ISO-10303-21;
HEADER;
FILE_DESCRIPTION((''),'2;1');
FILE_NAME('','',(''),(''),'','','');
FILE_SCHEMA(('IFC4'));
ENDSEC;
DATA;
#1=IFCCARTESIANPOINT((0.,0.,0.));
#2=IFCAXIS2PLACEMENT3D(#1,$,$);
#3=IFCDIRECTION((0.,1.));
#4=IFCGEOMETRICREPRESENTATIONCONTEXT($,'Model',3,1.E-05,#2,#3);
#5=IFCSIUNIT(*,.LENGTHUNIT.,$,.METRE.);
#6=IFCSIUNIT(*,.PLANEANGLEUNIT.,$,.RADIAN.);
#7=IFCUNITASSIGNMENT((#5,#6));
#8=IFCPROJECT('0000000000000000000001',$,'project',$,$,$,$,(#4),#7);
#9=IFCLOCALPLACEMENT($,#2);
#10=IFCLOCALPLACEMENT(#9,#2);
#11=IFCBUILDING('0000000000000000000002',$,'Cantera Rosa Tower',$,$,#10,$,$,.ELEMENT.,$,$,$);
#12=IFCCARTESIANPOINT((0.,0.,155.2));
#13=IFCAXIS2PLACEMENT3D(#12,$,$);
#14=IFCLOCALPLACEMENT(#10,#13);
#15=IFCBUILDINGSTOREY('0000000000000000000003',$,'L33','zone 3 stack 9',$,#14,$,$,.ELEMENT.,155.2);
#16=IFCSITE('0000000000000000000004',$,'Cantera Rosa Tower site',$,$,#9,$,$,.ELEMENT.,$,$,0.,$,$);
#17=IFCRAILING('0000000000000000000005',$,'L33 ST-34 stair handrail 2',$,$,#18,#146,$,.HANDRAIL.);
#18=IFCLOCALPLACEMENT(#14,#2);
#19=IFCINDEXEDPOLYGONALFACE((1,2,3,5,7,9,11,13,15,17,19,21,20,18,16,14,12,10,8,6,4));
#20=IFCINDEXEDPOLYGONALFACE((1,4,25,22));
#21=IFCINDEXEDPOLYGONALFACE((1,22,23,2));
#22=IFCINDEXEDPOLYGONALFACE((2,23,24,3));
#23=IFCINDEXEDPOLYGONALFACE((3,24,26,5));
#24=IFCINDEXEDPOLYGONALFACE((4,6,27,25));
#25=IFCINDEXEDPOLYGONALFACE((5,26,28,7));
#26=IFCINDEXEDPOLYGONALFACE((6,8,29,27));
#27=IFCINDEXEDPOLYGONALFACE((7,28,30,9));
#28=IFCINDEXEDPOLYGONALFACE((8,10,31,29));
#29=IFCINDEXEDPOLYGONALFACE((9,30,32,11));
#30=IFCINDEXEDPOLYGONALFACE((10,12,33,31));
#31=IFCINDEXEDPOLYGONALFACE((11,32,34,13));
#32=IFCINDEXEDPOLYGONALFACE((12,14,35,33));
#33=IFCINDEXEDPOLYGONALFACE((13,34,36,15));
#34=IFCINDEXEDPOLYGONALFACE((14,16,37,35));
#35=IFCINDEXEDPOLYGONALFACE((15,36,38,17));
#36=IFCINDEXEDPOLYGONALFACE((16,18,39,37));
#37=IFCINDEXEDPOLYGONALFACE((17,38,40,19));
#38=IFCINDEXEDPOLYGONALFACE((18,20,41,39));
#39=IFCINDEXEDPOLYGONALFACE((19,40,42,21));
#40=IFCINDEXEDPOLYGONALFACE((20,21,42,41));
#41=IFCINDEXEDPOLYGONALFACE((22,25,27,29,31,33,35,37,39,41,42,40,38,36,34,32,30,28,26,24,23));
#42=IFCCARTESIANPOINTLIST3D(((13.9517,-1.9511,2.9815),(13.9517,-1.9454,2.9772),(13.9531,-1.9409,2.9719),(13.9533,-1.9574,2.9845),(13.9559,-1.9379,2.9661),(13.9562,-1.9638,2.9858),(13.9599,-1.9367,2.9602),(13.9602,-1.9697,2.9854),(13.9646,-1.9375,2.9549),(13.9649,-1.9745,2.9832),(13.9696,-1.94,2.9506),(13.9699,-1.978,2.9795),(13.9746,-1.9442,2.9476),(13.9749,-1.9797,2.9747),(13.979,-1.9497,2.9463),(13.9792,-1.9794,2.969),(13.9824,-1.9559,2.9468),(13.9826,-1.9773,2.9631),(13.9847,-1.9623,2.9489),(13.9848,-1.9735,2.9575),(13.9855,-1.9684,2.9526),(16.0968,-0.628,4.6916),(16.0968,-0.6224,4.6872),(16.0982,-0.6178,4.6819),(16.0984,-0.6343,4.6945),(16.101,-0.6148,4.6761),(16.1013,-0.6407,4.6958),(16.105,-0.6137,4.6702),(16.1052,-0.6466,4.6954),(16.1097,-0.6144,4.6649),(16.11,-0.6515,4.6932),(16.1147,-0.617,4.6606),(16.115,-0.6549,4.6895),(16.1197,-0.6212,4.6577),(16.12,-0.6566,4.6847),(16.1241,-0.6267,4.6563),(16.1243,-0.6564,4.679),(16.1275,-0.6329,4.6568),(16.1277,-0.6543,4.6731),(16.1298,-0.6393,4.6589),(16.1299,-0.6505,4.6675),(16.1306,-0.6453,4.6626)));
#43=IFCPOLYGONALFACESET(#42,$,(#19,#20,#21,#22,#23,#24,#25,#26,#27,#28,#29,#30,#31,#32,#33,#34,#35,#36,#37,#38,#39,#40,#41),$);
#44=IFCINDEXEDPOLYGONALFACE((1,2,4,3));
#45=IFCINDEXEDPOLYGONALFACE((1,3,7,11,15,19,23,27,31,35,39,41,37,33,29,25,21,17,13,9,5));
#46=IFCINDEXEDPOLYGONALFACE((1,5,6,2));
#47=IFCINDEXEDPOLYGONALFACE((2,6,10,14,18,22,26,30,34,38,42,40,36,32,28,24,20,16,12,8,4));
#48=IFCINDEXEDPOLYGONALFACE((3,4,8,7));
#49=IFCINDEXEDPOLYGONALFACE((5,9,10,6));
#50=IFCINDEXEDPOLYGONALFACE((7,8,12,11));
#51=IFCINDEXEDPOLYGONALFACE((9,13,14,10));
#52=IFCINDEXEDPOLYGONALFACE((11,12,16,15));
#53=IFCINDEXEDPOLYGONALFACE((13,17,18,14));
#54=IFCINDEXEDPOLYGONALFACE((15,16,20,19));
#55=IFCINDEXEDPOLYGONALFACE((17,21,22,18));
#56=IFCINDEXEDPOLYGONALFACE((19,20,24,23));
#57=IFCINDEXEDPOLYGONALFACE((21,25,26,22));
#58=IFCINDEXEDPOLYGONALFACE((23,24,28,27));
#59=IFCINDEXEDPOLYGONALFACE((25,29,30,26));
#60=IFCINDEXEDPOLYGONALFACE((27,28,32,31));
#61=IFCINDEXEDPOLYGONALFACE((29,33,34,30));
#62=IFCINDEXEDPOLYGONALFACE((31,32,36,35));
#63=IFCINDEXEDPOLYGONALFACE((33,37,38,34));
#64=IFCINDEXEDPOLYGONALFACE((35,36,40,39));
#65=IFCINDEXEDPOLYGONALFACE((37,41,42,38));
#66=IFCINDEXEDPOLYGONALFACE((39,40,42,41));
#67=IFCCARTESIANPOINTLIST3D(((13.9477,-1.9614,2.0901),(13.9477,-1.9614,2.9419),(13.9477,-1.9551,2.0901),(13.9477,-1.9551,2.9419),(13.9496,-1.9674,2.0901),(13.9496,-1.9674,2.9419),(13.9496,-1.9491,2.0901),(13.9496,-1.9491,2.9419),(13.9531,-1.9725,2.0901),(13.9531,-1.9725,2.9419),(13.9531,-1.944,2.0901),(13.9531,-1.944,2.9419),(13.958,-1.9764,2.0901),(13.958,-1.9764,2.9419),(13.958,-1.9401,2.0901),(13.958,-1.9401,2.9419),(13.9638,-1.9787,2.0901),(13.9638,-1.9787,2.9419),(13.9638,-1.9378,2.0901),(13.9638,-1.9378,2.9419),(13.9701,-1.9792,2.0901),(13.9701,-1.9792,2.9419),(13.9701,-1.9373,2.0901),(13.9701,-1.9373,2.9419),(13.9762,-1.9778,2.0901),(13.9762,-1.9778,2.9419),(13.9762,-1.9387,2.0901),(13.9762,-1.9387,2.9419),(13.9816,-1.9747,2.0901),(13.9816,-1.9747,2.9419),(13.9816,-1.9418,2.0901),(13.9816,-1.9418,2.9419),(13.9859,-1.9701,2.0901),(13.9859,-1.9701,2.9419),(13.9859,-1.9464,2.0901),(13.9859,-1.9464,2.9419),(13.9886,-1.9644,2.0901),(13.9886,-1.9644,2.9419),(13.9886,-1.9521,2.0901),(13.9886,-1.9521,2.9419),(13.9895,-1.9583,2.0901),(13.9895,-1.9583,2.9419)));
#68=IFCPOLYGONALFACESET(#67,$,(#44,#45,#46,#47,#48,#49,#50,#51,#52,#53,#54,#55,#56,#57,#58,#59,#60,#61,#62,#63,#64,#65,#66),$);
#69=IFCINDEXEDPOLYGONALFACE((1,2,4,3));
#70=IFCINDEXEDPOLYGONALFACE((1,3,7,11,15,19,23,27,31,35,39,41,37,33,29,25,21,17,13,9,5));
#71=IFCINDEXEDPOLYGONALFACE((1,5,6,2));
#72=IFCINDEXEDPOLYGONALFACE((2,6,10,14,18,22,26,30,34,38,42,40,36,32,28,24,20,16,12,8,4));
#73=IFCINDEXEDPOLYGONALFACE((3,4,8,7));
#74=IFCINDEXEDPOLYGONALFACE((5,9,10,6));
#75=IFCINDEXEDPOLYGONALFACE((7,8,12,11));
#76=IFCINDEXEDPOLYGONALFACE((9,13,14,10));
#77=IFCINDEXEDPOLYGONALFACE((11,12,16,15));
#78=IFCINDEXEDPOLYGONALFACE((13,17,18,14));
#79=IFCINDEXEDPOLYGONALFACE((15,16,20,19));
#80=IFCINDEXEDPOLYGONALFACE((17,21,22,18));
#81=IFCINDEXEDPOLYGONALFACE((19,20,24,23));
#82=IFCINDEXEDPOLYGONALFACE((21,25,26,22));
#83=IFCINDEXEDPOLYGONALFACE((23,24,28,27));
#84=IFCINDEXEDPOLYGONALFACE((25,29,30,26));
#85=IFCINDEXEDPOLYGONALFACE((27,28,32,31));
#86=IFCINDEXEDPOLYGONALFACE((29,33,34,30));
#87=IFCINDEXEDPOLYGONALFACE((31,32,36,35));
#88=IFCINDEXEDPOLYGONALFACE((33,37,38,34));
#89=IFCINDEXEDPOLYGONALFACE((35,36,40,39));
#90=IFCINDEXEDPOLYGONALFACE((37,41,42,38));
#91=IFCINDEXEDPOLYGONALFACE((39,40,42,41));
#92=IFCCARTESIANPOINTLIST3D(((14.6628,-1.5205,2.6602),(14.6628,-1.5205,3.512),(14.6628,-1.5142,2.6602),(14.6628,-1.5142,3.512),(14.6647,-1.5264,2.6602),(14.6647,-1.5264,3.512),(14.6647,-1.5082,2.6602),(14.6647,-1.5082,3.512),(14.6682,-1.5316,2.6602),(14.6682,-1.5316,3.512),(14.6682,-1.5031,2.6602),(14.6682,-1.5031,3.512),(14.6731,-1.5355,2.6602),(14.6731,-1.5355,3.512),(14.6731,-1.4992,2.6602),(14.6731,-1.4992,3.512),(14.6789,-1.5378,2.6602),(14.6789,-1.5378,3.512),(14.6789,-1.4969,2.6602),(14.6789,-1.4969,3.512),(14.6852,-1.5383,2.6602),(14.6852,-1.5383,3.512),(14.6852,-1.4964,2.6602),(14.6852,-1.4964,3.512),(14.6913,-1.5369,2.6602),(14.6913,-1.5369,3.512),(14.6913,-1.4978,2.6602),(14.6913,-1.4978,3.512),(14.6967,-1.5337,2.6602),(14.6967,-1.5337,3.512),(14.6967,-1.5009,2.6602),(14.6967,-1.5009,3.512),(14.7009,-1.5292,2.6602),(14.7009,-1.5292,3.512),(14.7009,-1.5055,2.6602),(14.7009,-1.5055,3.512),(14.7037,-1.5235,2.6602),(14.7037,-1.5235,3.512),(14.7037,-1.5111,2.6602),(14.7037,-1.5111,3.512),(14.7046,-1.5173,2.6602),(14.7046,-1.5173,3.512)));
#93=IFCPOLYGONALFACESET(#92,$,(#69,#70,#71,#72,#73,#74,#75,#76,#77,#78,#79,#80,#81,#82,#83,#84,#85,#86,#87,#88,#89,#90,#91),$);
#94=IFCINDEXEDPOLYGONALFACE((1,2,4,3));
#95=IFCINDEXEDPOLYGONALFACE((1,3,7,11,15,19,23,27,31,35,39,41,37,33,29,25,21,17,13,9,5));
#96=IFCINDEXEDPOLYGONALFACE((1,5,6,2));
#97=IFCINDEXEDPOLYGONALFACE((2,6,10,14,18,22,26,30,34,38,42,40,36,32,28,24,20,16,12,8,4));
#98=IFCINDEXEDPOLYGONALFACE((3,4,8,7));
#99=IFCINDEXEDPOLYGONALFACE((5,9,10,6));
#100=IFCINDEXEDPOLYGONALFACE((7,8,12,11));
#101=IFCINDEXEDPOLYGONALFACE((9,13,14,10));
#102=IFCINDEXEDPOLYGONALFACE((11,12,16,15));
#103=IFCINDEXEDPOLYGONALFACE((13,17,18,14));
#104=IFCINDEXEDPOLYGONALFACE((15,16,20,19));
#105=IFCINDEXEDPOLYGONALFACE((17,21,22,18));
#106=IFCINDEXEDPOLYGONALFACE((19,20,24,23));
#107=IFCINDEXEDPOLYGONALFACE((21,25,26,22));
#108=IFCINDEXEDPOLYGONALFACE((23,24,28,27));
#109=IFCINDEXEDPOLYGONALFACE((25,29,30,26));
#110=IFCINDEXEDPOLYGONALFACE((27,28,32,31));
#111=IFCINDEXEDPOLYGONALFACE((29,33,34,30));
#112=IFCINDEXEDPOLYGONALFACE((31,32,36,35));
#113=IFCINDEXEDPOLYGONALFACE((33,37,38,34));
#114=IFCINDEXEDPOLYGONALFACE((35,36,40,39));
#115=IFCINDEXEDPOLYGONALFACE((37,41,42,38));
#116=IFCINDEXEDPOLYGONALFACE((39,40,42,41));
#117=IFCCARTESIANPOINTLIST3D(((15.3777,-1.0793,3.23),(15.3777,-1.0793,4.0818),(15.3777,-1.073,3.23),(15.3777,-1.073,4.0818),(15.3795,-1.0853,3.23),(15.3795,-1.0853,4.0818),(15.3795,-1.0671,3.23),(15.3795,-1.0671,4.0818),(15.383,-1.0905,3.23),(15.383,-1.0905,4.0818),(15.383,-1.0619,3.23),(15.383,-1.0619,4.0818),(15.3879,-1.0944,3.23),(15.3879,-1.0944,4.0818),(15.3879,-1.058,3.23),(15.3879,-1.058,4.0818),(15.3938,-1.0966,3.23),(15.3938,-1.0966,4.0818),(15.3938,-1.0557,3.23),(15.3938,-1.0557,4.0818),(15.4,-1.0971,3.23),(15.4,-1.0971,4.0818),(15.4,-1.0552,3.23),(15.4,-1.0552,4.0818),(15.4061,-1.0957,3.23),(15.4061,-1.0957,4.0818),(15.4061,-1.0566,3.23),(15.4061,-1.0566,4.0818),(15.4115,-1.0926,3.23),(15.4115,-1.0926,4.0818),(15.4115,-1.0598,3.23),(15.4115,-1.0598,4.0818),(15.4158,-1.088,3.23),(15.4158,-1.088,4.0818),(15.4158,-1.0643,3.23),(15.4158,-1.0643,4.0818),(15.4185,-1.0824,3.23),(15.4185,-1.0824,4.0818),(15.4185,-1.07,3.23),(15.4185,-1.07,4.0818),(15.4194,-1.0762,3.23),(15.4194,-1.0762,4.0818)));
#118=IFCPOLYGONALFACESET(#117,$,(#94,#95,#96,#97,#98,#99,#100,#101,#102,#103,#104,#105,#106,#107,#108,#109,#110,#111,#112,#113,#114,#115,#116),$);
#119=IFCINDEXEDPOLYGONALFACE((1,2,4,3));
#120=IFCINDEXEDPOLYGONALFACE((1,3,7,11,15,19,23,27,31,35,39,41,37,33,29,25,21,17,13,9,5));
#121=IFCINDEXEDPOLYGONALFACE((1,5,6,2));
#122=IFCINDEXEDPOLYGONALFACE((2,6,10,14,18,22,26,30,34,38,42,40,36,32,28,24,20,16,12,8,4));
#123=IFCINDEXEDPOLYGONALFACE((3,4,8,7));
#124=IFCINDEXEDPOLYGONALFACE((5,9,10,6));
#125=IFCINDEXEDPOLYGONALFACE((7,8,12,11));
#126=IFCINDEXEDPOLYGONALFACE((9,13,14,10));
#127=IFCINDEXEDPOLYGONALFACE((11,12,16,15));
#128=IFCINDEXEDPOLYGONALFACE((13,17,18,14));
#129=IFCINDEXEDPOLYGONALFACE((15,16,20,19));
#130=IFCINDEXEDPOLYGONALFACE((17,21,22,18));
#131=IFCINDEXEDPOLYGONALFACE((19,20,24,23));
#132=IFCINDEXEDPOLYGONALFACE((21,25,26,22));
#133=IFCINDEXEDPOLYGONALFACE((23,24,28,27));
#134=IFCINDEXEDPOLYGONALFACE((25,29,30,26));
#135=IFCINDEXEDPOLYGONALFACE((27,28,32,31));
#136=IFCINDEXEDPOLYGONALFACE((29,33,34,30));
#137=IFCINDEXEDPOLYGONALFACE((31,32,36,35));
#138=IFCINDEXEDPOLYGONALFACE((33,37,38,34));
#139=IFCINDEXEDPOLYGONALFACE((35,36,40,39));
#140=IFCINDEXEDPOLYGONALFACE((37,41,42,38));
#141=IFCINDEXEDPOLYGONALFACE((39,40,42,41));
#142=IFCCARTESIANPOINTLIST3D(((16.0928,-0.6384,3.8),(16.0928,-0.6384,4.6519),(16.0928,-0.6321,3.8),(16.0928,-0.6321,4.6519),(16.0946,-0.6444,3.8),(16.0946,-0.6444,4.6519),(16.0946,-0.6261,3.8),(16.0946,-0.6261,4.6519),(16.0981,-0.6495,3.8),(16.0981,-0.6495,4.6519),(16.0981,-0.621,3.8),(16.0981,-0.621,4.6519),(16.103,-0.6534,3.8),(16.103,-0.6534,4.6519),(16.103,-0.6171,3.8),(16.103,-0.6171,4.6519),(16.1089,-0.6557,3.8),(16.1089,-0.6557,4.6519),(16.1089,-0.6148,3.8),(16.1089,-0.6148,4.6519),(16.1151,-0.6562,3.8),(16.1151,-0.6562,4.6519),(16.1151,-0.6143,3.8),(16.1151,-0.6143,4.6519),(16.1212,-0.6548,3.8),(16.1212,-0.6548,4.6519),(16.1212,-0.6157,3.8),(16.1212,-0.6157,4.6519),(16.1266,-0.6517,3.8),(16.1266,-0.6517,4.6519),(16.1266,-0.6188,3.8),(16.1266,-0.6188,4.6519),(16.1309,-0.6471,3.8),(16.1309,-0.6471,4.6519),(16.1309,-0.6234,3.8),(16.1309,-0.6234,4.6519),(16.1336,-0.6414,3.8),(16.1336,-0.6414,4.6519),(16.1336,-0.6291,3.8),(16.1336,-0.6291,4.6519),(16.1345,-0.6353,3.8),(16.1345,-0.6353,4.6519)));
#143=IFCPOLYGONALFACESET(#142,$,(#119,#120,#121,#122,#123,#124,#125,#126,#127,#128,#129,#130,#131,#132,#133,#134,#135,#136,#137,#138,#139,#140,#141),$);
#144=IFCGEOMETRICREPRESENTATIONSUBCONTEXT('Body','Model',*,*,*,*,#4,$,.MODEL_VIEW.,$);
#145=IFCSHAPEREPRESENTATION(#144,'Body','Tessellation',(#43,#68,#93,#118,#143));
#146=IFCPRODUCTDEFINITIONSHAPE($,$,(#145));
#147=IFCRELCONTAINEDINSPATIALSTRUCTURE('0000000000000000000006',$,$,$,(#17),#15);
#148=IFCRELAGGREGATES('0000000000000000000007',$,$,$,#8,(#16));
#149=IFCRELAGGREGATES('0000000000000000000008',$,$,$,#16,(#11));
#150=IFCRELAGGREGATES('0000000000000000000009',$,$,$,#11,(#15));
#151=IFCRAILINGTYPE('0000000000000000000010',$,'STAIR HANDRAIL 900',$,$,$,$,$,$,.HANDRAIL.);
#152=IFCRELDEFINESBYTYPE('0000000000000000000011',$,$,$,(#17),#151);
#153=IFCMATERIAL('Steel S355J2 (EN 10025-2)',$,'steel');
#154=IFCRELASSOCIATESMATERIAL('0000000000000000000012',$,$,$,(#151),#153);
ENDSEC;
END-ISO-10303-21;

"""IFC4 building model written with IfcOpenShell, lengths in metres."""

from ifc_helpers import new_model, si_unit, direction, frame, origin, origin_2d, place, context, subcontext, project, spatial, circle, extrude, material, type_object, element, save


model = new_model("IFC4")

# Units and contexts
model_context = context("Model", 3, precision=1e-05, world=origin(), true_north=direction((0.0, 1.0)))
body_context = subcontext(model_context, "Body", "Model", "MODEL_VIEW")
ifc_project = project(units=[si_unit("LENGTHUNIT", "METRE"), si_unit("PLANEANGLEUNIT", "RADIAN")], contexts=[model_context])

# Site, building, storey
site_placement = place(None, origin())
site = spatial("IfcSite", under=ifc_project, at=site_placement, Name="Cantera Rosa Tower site", CompositionType="ELEMENT", RefElevation=0.0)
building_placement = place(site_placement, origin())
building = spatial("IfcBuilding", under=site, at=building_placement, Name="Cantera Rosa Tower", CompositionType="ELEMENT")
storey_placement = place(building_placement, frame((0.0, 0.0, 155.2)))
storey = spatial("IfcBuildingStorey", under=building, at=storey_placement, Name="L33", Description="zone 3 stack 9", CompositionType="ELEMENT", Elevation=155.2)

# Railing
ifc_material_1 = material(Name="Steel S355J2 (EN 10025-2)", Category="steel")
railing_type_1 = type_object("IfcRailingType", Name="STAIR HANDRAIL 900", PredefinedType="HANDRAIL", material=ifc_material_1)
railing_1_placement = place(storey_placement, frame((13.9685, -1.9583, 2.0901)))
element("IfcRailing", 1, at=railing_1_placement, inside=storey, type_object=railing_type_1, Name="L33 ST-34 stair handrail 2", PredefinedType="HANDRAIL", context=body_context, shape_type="SweptSolid", body=[
    extrude(circle(Radius=0.0239, at=origin_2d()), frame((0.0, 0.0, 0.876), z_axis=(0.704312, 0.434403, 0.561461), x_axis=(-0.524957, 0.851129, 0.0)), (0.0, 0.0, 1.0), 3.0457),
    extrude(circle(Radius=0.021, at=origin_2d()), origin(), (0.0, 0.0, 1.0), 0.8518),
    extrude(circle(Radius=0.021, at=origin_2d()), frame((0.7151, 0.4409, 0.5701)), (0.0, 0.0, 1.0), 0.8518),
    extrude(circle(Radius=0.021, at=origin_2d()), frame((1.4299, 0.8821, 1.1399)), (0.0, 0.0, 1.0), 0.8518),
    extrude(circle(Radius=0.021, at=origin_2d()), frame((2.145, 1.323, 1.71)), (0.0, 0.0, 1.0), 0.8518),
])

save(model, "model.ifc")
